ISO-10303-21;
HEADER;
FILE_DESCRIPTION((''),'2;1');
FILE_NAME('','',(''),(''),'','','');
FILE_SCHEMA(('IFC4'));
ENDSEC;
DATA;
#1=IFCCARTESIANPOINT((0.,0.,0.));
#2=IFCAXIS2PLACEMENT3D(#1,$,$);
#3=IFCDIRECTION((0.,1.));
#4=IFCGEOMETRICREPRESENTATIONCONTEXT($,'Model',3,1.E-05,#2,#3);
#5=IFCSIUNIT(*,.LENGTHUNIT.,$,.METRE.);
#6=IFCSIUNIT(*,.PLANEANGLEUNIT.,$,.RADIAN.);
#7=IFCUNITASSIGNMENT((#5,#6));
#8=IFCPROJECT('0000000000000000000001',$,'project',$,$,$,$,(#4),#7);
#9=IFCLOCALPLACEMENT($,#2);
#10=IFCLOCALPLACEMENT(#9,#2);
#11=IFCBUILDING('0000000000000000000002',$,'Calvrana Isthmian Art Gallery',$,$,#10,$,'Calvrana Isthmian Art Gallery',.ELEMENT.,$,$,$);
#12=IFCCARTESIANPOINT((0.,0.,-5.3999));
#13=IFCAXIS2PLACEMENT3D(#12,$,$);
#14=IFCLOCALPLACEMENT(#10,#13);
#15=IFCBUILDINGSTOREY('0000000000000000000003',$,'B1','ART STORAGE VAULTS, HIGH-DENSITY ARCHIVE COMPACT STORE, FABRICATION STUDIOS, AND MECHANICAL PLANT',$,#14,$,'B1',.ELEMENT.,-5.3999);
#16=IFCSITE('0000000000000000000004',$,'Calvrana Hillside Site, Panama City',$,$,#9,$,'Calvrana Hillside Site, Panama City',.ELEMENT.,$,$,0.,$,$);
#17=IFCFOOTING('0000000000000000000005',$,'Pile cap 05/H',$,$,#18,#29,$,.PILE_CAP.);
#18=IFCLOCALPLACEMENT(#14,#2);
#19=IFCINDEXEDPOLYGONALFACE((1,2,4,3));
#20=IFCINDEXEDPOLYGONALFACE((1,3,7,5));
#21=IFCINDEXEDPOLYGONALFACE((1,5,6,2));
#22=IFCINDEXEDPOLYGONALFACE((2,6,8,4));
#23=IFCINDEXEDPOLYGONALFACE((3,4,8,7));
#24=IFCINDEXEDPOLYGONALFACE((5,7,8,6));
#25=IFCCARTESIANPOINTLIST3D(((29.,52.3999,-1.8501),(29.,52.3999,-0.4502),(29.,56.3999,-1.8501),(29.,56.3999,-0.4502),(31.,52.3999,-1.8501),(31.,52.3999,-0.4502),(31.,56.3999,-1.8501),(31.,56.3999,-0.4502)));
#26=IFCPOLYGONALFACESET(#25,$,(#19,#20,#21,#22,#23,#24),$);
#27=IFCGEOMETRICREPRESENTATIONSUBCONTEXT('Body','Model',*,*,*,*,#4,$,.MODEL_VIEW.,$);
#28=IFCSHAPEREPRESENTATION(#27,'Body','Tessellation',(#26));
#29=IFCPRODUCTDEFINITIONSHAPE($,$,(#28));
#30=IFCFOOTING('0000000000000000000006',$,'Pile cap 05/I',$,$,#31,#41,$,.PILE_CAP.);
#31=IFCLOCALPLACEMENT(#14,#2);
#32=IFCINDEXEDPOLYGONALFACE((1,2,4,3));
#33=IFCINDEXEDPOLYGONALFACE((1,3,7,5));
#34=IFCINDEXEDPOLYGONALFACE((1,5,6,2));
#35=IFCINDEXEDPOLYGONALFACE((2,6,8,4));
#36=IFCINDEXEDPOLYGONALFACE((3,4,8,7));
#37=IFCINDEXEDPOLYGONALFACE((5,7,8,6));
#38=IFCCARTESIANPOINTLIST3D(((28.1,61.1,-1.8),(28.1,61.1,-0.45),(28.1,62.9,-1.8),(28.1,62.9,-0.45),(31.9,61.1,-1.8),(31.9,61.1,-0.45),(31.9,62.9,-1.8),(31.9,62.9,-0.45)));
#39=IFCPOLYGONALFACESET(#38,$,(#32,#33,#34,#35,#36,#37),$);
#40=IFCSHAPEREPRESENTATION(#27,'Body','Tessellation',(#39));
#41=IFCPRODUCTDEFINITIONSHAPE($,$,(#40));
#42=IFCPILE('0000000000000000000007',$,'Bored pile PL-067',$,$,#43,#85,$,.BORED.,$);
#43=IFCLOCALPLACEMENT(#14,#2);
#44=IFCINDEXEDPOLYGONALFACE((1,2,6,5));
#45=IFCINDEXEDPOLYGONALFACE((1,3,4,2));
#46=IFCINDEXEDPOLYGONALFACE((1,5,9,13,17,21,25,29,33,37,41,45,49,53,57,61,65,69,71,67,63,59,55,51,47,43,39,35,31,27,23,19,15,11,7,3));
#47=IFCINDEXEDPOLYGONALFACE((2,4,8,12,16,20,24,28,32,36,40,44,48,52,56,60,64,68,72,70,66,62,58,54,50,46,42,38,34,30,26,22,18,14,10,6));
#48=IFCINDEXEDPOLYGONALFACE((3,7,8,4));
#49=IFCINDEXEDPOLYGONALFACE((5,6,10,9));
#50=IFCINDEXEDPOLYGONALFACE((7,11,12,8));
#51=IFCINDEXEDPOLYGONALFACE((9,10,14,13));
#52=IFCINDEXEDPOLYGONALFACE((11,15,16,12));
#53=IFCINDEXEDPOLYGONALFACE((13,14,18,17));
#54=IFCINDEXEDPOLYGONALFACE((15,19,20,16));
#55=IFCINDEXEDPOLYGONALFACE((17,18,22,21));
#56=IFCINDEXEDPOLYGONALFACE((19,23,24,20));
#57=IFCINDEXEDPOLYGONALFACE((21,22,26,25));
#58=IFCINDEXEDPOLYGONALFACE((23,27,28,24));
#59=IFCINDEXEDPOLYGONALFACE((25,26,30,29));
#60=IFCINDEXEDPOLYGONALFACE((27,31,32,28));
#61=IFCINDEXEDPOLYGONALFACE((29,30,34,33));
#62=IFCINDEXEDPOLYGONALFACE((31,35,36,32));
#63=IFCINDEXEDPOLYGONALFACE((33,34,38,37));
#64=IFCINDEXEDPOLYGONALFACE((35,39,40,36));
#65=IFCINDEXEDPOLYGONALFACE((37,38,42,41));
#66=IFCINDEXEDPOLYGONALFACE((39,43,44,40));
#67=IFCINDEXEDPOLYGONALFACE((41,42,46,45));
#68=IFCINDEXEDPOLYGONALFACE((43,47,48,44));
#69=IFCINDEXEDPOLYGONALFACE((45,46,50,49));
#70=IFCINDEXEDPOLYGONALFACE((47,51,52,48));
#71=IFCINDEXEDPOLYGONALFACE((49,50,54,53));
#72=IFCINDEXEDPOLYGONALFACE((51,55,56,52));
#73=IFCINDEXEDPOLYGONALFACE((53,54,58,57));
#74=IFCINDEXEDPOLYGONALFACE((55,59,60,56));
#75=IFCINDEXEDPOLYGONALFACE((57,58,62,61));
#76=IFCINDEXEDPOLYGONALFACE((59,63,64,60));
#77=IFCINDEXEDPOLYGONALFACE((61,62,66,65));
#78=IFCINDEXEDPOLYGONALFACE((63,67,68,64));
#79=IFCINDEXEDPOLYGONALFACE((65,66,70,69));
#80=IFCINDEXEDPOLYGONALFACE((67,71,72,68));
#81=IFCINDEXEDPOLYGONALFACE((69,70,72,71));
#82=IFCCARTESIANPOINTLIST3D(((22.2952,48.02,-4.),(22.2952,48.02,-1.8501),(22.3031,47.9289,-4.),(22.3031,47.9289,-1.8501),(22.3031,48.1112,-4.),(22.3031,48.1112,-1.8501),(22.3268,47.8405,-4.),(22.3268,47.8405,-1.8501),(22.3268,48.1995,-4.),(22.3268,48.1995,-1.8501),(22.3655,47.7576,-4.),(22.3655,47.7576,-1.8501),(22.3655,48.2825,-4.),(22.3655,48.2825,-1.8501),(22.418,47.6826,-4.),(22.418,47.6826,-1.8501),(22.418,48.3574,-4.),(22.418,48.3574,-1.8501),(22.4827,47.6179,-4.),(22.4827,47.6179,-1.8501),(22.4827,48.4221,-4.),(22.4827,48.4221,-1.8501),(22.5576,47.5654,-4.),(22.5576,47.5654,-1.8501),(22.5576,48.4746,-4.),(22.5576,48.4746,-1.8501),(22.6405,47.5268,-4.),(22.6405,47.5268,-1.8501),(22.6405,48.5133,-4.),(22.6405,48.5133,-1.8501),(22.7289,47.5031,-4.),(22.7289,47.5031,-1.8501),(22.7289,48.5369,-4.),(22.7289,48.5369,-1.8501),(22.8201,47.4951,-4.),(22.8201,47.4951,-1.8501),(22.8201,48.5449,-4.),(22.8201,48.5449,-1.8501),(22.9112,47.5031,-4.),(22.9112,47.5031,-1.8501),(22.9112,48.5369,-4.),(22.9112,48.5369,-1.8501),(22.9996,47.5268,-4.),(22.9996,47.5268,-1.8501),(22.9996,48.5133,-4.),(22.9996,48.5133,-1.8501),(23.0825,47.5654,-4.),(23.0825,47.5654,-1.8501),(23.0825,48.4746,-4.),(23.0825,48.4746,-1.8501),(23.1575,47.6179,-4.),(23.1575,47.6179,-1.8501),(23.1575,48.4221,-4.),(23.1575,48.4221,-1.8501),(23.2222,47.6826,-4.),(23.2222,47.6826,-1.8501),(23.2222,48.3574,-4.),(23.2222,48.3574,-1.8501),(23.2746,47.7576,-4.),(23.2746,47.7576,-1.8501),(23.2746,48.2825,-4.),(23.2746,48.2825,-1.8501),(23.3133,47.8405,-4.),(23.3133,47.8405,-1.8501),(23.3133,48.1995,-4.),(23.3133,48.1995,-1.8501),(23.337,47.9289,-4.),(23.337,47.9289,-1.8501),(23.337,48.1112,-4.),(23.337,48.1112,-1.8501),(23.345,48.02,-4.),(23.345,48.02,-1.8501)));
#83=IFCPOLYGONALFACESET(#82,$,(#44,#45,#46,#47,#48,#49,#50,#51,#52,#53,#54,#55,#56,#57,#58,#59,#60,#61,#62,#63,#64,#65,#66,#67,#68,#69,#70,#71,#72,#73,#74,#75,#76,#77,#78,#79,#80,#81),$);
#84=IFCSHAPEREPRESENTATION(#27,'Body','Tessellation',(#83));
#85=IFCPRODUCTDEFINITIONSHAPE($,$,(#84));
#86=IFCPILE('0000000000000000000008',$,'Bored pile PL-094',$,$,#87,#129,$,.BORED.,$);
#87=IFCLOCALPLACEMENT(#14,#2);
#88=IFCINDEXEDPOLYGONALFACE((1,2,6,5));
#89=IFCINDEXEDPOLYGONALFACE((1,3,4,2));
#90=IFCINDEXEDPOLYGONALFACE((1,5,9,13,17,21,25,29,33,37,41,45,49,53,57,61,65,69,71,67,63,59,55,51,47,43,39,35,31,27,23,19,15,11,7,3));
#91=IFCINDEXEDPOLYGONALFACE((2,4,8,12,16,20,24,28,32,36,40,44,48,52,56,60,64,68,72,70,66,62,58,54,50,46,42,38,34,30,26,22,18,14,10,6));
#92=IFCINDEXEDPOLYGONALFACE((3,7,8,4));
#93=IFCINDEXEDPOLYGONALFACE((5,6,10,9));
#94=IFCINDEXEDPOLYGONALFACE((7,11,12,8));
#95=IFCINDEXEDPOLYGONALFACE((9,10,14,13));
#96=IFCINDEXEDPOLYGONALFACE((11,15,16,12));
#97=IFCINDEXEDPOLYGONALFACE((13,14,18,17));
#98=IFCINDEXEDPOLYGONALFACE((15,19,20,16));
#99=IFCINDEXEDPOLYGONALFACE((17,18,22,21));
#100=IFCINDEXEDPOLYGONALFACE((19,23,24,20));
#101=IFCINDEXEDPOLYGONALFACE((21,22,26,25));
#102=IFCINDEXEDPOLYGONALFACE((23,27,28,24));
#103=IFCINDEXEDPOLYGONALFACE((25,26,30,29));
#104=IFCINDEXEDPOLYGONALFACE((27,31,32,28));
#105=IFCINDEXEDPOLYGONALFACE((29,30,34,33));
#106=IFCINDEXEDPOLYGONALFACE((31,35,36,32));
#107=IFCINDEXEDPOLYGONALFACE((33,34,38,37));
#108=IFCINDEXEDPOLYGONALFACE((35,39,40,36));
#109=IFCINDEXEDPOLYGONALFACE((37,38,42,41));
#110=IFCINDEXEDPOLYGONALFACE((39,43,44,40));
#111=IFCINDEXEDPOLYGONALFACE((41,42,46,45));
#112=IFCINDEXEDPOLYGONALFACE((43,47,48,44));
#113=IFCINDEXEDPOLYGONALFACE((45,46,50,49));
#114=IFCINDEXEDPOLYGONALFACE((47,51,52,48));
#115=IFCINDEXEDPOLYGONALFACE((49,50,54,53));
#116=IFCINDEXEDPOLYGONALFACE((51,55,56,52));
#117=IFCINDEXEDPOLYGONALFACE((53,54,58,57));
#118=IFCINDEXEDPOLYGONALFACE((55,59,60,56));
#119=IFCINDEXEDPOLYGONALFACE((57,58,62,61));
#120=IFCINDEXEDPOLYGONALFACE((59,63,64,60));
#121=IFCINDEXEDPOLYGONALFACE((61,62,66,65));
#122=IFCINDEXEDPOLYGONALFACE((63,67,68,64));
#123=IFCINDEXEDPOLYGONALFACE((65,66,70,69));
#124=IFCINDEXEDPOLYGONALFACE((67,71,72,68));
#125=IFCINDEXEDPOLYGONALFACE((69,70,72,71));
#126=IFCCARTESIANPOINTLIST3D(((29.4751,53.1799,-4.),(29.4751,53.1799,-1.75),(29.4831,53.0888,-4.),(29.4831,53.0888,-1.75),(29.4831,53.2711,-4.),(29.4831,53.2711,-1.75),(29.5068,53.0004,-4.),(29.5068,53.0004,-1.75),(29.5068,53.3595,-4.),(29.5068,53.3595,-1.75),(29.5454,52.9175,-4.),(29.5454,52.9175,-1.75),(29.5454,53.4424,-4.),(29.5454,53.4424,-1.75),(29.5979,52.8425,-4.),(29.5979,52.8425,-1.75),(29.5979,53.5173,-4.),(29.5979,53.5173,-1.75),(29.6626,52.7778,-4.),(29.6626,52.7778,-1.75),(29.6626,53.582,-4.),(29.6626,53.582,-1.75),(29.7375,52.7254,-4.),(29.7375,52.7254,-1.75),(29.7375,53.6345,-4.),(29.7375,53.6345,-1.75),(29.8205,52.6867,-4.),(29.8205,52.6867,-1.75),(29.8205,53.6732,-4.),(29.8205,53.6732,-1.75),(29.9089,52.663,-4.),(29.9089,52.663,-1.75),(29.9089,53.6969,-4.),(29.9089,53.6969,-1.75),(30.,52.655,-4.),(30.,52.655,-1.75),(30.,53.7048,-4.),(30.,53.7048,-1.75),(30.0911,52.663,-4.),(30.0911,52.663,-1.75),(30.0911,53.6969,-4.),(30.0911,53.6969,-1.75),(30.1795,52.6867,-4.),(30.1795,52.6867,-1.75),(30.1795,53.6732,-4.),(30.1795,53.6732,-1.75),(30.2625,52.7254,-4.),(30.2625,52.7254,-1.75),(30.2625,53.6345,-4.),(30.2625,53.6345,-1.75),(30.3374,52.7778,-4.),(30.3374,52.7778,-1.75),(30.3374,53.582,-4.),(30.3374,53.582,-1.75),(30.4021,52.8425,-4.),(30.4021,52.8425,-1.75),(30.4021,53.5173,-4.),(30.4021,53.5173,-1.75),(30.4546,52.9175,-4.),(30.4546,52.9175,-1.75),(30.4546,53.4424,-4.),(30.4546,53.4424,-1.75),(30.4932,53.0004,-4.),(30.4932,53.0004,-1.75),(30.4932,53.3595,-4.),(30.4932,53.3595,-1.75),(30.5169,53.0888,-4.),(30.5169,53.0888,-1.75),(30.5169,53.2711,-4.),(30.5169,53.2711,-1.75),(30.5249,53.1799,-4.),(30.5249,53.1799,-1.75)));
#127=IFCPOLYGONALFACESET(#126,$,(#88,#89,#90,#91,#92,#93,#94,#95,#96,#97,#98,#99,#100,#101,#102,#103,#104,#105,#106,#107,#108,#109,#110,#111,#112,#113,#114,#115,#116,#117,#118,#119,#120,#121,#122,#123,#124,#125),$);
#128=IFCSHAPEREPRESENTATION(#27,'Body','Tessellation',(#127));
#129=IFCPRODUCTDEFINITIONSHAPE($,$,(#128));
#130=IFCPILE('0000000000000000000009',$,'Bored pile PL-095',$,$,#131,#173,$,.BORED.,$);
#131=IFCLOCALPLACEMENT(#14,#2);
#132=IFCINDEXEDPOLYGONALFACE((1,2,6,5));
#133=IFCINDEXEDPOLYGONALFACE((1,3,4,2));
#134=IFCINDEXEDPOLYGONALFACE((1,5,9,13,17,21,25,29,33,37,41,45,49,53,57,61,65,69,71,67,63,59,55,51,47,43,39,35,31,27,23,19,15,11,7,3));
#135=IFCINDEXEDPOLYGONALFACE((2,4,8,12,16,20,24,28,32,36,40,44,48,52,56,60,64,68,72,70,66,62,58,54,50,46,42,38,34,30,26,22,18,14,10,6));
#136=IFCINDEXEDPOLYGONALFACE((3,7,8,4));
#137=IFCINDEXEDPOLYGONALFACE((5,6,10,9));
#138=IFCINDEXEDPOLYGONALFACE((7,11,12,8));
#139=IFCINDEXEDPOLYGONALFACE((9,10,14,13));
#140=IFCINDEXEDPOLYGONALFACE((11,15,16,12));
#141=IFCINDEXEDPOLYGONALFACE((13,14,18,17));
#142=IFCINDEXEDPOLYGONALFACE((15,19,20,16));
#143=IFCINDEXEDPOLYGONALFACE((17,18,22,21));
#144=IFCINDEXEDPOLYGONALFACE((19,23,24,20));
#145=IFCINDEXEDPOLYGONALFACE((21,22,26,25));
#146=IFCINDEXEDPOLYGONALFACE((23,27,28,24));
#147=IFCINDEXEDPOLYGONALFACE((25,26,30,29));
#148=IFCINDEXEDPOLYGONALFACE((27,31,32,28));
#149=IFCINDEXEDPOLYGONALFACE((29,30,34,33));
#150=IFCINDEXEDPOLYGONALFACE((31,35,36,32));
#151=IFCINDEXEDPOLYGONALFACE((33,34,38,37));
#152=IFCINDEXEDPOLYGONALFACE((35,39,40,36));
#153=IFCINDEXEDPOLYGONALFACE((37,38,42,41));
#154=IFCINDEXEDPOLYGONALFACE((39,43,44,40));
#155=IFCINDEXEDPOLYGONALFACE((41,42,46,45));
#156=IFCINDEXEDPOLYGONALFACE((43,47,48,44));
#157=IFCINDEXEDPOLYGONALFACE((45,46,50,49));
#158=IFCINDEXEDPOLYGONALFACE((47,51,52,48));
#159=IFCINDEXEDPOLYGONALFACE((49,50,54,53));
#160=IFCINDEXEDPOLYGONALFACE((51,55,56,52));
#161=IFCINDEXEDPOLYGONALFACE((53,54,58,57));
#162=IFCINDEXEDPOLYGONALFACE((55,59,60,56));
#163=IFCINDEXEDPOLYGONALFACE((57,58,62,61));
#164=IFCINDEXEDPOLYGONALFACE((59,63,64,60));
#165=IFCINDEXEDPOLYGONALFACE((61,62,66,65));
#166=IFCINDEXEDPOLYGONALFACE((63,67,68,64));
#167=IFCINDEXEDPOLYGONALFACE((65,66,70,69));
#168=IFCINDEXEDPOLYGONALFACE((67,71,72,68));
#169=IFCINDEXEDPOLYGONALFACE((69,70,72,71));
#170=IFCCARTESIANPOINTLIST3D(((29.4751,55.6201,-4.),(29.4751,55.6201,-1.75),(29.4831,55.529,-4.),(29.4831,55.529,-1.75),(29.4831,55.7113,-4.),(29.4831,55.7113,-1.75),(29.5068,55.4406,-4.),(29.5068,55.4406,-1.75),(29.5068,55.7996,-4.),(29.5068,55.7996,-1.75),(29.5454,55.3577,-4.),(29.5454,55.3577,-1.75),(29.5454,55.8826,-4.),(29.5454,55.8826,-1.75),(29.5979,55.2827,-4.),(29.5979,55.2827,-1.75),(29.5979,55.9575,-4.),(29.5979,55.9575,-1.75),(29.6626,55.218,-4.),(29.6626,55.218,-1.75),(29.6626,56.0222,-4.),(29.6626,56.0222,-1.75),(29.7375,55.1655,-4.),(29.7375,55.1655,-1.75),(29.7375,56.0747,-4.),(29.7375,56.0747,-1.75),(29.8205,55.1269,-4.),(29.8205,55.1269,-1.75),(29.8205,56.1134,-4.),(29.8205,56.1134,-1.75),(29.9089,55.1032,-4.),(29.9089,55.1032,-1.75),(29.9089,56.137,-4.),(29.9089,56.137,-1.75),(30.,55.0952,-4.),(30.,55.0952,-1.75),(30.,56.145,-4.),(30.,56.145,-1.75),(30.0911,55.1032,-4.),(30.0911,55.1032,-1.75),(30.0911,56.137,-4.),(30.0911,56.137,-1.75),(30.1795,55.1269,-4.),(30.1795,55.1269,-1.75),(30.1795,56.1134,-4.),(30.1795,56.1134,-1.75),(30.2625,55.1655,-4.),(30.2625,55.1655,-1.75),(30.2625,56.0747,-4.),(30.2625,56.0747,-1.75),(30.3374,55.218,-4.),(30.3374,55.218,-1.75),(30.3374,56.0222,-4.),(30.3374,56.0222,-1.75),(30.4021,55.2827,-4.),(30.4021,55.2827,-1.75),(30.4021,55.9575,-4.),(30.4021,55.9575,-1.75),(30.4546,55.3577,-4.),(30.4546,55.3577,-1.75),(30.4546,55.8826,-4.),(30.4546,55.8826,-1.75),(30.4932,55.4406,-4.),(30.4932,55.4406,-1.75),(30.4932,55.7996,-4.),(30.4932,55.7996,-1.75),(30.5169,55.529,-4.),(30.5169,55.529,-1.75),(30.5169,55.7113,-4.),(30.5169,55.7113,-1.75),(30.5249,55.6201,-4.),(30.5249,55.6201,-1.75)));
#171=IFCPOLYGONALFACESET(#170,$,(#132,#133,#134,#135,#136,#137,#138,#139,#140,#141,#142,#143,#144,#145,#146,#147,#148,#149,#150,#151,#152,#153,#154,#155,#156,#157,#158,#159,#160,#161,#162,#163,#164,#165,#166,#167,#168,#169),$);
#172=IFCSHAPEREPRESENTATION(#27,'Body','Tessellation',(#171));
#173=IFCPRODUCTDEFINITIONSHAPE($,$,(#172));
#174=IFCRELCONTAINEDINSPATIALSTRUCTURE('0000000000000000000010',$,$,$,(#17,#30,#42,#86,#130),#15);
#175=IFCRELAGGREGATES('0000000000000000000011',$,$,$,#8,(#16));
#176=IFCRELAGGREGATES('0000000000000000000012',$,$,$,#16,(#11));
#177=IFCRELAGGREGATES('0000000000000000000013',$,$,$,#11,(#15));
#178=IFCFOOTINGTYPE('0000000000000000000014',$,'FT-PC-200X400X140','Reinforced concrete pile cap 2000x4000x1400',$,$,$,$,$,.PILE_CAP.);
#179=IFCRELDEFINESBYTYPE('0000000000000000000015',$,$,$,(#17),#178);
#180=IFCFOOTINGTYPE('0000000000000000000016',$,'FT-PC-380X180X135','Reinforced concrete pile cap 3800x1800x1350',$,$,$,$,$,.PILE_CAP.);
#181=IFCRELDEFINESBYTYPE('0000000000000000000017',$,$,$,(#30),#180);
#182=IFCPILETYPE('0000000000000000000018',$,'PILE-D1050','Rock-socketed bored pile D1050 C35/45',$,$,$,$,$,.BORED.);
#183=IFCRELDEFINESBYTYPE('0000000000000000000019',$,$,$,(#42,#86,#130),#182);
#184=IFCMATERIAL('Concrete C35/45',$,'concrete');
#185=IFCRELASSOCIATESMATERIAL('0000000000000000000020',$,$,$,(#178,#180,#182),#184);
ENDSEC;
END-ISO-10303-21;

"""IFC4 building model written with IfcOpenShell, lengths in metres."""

from ifc_helpers import new_model, si_unit, direction, frame, origin, origin_2d, place, context, subcontext, project, spatial, rectangle, circle, extrude, material, material_profile, profile_set, type_object, element, save


model = new_model("IFC4")

# Units and contexts
model_context = context("Model", 3, precision=1e-05, world=origin(), true_north=direction((0.0, 1.0)))
body_context = subcontext(model_context, "Body", "Model", "MODEL_VIEW")
ifc_project = project(units=[si_unit("LENGTHUNIT", "METRE"), si_unit("PLANEANGLEUNIT", "RADIAN")], contexts=[model_context])

# Site, building, storey
site_placement = place(None, origin())
site = spatial("IfcSite", under=ifc_project, at=site_placement, Name="Calvrana Hillside Site, Panama City", LongName="Calvrana Hillside Site, Panama City", CompositionType="ELEMENT", RefElevation=0.0)
building_placement = place(site_placement, origin())
building = spatial("IfcBuilding", under=site, at=building_placement, Name="Calvrana Isthmian Art Gallery", LongName="Calvrana Isthmian Art Gallery", CompositionType="ELEMENT")
storey_placement = place(building_placement, frame((0.0, 0.0, -5.3999)))
storey = spatial("IfcBuildingStorey", under=building, at=storey_placement, Name="B1", Description="ART STORAGE VAULTS, HIGH-DENSITY ARCHIVE COMPACT STORE, FABRICATION STUDIOS, AND MECHANICAL PLANT", LongName="B1", CompositionType="ELEMENT", Elevation=-5.3999)

# Footings
ifc_material_1 = material(Name="Concrete C35/45", Category="concrete")
footing_type_1 = type_object("IfcFootingType", Name="FT-PC-200X400X140", Description="Reinforced concrete pile cap 2000x4000x1400", PredefinedType="PILE_CAP", material=ifc_material_1)
footing_1_placement = place(storey_placement, frame((30.0, 54.3999, -1.8501), z_axis=(0.0, 0.0, 1.0), x_axis=(1.0, 0.0, 0.0)))
element("IfcFooting", 1, at=footing_1_placement, inside=storey, type_object=footing_type_1, Name="Pile cap 05/H", PredefinedType="PILE_CAP", context=body_context, shape_type="SweptSolid", body=[
    extrude(rectangle(XDim=2.0, YDim=4.0, at=origin_2d()), origin(), (0.0, 0.0, 1.0), 1.3999),
])
footing_type_2 = type_object("IfcFootingType", Name="FT-PC-380X180X135", Description="Reinforced concrete pile cap 3800x1800x1350", PredefinedType="PILE_CAP", material=ifc_material_1)
footing_2_placement = place(storey_placement, frame((30.0, 62.0, -1.8), z_axis=(0.0, 0.0, 1.0), x_axis=(1.0, 0.0, 0.0)))
element("IfcFooting", 2, at=footing_2_placement, inside=storey, type_object=footing_type_2, Name="Pile cap 05/I", PredefinedType="PILE_CAP", context=body_context, shape_type="SweptSolid", body=[
    extrude(rectangle(XDim=3.8, YDim=1.8, at=origin_2d()), origin(), (0.0, 0.0, 1.0), 1.3501),
])

# Piles
ifc_material_profile_1 = material_profile(ifc_material_1, circle(Radius=0.5249, at=origin_2d()), Name="PILE1050D")
ifc_profile_set_1 = profile_set([ifc_material_profile_1], Name="Concrete C35/45")
pile_type_1 = type_object("IfcPileType", Name="PILE-D1050", Description="Rock-socketed bored pile D1050 C35/45", PredefinedType="BORED", material=ifc_profile_set_1)
pile_1_placement = place(storey_placement, frame((22.8201, 48.02, -1.8501), z_axis=(0.0, 0.0, -1.0), x_axis=(1.0, 0.0, 0.0)))
element("IfcPile", 3, at=pile_1_placement, inside=storey, type_object=pile_type_1, Name="Bored pile PL-067", PredefinedType="BORED", context=body_context, shape_type="SweptSolid", body=[
    extrude(circle(Radius=0.5249, at=origin_2d()), origin(), (0.0, 0.0, 1.0), 2.1499),
])
for number, where, z_axis, x_axis, name in (
    (4, (30.0, 53.1799, -1.75), (0.0, 0.0, -1.0), (1.0, 0.0, 0.0), "Bored pile PL-094"),
    (5, (30.0, 55.6201, -1.75), (0.0, 0.0, -1.0), (1.0, 0.0, 0.0), "Bored pile PL-095"),
):
    element("IfcPile", number, at=place(storey_placement, frame(where, z_axis=z_axis, x_axis=x_axis)), inside=storey, type_object=pile_type_1, Name=name, PredefinedType="BORED", context=body_context, shape_type="SweptSolid", body=[
        extrude(circle(Radius=0.5249, at=origin_2d()), origin(), (0.0, 0.0, 1.0), 2.25),
    ])

save(model, "model.ifc")
